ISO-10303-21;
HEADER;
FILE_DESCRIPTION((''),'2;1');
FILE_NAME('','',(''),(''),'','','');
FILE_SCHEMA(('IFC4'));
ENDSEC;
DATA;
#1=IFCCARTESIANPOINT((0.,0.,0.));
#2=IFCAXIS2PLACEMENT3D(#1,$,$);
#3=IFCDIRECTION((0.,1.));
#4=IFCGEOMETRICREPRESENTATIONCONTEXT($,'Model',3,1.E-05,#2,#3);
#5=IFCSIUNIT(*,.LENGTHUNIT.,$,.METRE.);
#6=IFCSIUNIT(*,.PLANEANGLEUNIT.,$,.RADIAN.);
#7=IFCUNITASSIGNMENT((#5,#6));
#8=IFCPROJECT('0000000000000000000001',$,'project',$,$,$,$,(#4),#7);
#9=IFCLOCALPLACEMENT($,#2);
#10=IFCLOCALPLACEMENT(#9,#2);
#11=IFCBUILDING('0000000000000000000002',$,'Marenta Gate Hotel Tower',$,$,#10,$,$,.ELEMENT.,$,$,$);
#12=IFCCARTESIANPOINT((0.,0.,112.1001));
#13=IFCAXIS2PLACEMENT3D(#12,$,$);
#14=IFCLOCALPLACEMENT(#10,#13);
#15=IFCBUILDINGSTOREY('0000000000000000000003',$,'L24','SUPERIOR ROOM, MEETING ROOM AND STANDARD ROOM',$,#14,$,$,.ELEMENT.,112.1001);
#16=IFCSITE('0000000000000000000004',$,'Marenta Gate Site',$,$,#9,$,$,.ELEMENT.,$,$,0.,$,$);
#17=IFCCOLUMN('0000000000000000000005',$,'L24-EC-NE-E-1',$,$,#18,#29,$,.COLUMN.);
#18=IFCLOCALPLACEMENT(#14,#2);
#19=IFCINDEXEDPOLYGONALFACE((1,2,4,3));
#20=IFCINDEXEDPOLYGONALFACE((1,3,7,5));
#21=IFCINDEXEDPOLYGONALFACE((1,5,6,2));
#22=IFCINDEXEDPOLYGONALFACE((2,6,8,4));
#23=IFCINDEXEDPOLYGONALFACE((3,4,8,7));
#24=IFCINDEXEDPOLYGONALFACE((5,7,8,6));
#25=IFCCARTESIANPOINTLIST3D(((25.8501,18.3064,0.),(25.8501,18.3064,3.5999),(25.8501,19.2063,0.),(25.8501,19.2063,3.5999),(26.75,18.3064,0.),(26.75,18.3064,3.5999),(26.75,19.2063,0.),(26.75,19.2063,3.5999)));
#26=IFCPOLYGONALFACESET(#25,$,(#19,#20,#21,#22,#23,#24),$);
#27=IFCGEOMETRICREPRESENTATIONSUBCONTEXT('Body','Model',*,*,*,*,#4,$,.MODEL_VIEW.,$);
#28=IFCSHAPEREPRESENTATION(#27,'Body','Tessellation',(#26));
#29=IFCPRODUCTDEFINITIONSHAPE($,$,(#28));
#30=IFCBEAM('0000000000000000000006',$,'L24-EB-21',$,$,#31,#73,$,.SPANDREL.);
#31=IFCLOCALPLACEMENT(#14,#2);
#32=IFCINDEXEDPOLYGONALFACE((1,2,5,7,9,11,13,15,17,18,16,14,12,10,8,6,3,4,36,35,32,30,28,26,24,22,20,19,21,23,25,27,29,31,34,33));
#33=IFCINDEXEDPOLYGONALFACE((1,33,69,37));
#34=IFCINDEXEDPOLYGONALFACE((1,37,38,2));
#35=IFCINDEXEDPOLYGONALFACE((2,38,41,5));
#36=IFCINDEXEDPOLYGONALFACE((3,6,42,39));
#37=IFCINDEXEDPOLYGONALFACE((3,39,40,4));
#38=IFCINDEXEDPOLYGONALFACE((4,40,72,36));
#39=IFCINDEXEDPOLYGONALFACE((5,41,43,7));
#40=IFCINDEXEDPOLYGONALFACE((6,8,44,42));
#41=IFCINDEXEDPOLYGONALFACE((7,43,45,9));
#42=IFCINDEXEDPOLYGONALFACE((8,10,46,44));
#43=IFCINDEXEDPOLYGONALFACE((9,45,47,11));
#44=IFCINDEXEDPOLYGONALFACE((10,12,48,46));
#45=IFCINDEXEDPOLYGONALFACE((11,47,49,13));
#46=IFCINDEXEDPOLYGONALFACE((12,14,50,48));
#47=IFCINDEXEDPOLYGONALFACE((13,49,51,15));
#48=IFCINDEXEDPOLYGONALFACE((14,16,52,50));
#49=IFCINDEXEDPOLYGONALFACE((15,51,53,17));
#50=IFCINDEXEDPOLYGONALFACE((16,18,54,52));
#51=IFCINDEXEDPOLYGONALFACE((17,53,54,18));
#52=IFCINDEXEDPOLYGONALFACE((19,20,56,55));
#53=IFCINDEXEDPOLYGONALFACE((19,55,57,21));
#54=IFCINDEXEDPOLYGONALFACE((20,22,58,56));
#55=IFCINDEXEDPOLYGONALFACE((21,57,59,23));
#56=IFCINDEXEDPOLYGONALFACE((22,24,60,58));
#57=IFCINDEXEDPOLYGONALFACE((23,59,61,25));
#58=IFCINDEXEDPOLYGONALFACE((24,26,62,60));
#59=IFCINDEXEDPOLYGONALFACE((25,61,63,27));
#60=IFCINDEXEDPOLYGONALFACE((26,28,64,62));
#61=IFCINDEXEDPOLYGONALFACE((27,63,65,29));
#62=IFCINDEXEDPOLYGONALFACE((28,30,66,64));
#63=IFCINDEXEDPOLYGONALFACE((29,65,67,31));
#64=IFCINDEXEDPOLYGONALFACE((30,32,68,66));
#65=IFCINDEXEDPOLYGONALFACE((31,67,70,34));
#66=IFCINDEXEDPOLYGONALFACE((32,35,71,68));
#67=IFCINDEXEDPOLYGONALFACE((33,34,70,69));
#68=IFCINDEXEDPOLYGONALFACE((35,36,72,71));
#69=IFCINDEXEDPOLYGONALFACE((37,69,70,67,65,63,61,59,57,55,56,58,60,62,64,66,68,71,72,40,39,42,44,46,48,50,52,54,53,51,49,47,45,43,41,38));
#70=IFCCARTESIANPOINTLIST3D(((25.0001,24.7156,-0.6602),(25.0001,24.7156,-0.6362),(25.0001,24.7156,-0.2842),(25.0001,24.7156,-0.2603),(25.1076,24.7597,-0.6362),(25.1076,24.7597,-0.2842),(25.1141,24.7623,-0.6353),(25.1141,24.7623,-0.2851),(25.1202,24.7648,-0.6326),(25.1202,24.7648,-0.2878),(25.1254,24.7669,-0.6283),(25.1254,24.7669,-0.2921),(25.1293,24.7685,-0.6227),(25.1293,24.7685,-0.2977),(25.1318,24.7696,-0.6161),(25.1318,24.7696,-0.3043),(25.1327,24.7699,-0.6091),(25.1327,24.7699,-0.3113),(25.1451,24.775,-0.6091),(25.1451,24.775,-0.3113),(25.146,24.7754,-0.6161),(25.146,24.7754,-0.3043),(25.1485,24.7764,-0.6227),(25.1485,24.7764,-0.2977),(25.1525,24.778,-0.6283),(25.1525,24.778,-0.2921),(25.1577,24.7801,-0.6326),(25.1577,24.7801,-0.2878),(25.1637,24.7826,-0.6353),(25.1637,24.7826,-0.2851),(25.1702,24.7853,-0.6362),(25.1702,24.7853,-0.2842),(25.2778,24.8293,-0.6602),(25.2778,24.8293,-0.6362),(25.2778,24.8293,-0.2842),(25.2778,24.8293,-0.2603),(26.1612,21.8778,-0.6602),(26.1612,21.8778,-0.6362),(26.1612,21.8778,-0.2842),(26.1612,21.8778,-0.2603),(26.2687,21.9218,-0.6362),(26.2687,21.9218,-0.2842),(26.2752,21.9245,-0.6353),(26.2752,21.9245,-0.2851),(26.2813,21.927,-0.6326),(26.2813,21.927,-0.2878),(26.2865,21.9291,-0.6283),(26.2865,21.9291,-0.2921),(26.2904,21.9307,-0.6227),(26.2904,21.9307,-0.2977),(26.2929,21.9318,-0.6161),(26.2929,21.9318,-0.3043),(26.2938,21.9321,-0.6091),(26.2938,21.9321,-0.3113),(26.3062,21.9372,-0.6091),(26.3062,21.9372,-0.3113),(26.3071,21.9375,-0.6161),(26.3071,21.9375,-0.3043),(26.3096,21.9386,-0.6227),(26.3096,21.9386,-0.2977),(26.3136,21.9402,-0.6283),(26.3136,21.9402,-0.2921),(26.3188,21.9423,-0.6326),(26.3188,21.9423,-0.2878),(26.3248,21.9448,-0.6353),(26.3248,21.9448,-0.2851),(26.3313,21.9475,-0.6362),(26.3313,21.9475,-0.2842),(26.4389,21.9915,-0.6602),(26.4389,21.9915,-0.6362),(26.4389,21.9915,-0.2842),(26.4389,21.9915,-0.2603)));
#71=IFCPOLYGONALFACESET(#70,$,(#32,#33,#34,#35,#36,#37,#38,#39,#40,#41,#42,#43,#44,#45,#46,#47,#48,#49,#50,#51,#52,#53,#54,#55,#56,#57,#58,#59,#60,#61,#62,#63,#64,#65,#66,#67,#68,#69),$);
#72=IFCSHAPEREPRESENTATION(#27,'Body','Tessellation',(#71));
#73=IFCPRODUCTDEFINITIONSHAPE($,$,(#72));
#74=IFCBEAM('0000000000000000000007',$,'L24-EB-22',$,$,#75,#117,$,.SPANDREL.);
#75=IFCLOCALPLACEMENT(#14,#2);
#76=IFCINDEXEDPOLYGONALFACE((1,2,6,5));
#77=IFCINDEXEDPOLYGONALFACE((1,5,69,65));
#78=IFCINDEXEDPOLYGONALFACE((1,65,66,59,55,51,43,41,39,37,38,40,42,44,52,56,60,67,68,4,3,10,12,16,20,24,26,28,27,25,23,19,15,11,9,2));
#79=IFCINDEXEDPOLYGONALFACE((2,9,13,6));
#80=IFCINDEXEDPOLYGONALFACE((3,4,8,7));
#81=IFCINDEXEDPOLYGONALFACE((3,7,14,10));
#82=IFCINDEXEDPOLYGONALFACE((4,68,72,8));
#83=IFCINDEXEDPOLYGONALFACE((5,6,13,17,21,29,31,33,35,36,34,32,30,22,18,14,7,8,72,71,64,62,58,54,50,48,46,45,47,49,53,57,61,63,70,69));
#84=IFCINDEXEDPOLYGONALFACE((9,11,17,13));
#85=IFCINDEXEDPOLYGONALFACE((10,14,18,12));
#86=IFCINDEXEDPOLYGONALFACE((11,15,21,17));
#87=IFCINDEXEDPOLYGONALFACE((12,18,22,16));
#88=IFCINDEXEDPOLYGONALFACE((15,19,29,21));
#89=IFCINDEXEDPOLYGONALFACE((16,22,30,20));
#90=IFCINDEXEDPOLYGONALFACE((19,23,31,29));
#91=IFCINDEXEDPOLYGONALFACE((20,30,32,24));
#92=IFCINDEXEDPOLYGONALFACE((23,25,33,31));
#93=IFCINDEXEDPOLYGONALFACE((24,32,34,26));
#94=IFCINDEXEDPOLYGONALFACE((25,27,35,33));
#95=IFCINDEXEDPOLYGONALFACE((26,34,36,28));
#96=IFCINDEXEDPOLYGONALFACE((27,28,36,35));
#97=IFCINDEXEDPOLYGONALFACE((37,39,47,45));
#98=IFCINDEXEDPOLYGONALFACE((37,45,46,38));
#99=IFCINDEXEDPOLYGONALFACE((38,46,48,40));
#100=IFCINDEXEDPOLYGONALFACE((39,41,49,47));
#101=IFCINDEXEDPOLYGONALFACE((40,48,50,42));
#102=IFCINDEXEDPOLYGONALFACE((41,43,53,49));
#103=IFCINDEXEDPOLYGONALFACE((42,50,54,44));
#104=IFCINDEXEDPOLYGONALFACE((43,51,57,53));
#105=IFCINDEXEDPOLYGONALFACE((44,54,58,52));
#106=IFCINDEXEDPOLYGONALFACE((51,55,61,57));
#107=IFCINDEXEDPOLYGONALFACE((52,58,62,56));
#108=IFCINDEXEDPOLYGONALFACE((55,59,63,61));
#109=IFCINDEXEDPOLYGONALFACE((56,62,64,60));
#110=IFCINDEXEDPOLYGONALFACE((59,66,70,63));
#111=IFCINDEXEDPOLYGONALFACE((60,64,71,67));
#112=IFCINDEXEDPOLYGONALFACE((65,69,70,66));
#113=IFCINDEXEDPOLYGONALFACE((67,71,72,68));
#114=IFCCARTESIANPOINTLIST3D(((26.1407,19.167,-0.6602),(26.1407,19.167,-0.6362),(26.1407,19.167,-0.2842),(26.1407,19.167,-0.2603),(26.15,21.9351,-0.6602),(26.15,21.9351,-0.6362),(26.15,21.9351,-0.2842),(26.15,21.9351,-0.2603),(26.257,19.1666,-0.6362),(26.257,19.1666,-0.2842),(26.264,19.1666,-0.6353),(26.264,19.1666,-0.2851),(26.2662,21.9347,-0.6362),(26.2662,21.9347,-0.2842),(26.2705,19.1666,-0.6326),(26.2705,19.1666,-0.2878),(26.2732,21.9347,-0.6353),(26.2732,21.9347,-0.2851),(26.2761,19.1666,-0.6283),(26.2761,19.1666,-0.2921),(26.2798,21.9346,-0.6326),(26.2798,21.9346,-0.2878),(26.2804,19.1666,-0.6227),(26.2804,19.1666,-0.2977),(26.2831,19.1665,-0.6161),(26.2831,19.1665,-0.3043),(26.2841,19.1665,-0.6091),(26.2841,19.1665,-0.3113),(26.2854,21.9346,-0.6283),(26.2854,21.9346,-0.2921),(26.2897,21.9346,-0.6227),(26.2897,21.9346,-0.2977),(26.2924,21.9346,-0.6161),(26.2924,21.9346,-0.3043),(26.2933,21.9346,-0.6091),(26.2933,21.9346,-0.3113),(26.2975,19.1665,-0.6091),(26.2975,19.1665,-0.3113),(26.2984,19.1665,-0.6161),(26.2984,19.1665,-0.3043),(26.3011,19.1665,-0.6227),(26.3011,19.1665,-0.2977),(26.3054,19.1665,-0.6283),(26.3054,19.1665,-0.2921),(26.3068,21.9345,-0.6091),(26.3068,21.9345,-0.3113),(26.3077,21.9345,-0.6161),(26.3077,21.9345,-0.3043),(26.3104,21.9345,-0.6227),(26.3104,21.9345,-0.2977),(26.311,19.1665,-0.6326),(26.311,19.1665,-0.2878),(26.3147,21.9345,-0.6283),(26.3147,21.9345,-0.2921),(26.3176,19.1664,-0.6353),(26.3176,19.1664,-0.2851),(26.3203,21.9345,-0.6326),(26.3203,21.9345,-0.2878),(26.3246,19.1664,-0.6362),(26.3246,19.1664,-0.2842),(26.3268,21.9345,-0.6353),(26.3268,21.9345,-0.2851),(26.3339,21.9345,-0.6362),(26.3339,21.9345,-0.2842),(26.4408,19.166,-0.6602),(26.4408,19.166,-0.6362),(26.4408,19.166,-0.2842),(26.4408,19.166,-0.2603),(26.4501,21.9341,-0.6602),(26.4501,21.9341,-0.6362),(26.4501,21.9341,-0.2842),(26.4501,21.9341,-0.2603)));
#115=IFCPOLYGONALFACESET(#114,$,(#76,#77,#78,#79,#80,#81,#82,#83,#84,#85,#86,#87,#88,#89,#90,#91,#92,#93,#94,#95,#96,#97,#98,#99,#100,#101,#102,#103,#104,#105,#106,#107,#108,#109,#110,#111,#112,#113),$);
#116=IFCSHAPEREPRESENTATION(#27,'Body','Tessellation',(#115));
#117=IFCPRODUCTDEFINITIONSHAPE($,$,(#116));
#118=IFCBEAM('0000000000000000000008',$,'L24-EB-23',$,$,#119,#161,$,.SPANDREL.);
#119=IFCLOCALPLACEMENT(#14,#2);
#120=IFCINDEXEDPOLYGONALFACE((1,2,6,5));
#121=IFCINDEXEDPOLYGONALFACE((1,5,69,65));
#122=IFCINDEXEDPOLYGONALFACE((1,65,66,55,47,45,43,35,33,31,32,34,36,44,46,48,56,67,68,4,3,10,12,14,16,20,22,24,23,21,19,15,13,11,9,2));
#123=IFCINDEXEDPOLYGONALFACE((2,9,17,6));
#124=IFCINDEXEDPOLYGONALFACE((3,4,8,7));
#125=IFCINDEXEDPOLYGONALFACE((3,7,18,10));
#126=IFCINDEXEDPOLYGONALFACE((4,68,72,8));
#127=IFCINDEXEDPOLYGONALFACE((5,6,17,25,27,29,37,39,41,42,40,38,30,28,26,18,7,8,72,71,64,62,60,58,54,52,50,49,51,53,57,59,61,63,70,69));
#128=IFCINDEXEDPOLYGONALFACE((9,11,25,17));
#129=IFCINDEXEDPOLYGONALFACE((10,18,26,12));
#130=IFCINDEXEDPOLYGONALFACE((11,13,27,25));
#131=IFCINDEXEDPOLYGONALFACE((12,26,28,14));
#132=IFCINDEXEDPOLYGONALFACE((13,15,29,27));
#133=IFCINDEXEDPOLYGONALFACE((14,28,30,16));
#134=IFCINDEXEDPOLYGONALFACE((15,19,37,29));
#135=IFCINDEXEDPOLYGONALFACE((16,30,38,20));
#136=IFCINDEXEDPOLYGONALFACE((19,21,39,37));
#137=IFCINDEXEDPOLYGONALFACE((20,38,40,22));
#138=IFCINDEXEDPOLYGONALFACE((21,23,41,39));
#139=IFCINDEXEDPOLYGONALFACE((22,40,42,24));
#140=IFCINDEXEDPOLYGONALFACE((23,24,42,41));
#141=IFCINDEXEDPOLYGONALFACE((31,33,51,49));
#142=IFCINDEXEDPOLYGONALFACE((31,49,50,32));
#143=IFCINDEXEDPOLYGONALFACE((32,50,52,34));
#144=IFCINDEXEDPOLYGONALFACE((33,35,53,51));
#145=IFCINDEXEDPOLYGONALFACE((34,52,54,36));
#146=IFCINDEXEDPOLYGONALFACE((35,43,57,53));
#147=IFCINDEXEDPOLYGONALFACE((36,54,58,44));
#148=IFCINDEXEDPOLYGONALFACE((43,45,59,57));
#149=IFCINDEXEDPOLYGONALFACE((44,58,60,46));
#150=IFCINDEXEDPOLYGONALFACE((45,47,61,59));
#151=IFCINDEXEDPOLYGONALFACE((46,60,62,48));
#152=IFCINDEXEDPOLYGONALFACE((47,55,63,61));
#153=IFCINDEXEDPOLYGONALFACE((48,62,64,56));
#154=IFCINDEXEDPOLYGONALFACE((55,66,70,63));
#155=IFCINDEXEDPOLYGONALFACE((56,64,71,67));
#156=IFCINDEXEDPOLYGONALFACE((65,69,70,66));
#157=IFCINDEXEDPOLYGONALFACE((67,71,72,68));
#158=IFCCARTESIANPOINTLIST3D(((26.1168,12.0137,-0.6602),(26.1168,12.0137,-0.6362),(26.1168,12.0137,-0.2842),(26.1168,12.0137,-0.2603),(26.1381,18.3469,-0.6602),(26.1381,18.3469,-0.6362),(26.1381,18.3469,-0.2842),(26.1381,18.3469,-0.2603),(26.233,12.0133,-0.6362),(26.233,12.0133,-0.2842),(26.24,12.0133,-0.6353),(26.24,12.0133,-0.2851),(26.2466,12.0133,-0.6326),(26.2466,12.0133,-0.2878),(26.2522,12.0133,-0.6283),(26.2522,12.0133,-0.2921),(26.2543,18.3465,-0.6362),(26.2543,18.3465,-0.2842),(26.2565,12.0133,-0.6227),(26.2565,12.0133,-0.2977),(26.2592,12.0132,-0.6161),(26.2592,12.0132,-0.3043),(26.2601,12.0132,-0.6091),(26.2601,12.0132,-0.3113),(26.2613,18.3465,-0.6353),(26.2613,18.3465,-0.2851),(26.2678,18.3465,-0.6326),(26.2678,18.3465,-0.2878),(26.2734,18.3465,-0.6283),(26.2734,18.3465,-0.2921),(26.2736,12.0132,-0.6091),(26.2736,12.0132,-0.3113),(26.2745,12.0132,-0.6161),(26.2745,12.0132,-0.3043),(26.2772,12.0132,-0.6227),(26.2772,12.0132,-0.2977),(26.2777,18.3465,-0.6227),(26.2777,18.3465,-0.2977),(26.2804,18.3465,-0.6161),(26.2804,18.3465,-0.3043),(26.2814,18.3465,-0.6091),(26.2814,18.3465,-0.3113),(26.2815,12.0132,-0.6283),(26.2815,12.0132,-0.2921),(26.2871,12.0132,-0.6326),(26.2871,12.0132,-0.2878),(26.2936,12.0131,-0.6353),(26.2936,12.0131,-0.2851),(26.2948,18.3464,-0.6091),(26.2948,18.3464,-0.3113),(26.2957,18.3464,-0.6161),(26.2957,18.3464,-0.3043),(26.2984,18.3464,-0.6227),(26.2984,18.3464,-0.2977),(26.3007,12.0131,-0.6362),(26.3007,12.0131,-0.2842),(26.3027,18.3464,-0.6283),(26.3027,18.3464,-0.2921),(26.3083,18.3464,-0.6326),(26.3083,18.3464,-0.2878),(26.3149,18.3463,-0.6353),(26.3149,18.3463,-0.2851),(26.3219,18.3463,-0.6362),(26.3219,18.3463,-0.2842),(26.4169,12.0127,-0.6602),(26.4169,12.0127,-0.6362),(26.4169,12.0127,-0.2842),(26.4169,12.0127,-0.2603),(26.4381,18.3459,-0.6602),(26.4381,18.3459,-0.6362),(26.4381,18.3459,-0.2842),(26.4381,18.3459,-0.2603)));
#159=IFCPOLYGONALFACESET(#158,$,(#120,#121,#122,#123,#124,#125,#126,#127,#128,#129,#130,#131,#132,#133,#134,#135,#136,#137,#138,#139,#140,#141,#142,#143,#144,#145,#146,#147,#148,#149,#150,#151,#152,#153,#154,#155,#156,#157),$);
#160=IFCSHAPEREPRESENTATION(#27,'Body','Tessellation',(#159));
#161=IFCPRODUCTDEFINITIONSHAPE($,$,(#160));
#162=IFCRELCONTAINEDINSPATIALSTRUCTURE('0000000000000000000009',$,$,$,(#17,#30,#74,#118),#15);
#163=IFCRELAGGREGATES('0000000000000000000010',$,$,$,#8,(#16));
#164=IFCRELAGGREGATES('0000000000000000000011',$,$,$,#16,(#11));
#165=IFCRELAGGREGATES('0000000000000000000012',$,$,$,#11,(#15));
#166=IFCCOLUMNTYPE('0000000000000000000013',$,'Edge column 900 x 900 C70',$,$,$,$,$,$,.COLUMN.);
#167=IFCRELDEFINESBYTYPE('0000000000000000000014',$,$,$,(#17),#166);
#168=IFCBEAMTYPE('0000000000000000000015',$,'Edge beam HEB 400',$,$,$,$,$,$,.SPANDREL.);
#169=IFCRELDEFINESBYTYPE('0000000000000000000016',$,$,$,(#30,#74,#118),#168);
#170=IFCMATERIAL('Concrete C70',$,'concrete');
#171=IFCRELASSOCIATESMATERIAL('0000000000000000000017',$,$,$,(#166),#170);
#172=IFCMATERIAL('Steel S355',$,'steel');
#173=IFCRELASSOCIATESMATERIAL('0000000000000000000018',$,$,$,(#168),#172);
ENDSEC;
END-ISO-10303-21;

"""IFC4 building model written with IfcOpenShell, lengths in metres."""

from ifc_helpers import new_model, si_unit, direction, frame, origin, origin_2d, place, context, subcontext, project, spatial, rectangle, i_section, extrude, material, material_profile, profile_set, type_object, element, save


model = new_model("IFC4")

# Units and contexts
model_context = context("Model", 3, precision=1e-05, world=origin(), true_north=direction((0.0, 1.0)))
body_context = subcontext(model_context, "Body", "Model", "MODEL_VIEW")
ifc_project = project(units=[si_unit("LENGTHUNIT", "METRE"), si_unit("PLANEANGLEUNIT", "RADIAN")], contexts=[model_context])

# Site, building, storey
site_placement = place(None, origin())
site = spatial("IfcSite", under=ifc_project, at=site_placement, Name="Marenta Gate Site", CompositionType="ELEMENT", RefElevation=0.0)
building_placement = place(site_placement, origin())
building = spatial("IfcBuilding", under=site, at=building_placement, Name="Marenta Gate Hotel Tower", CompositionType="ELEMENT")
storey_placement = place(building_placement, frame((0.0, 0.0, 112.1001)))
storey = spatial("IfcBuildingStorey", under=building, at=storey_placement, Name="L24", Description="SUPERIOR ROOM, MEETING ROOM AND STANDARD ROOM", CompositionType="ELEMENT", Elevation=112.1001)

# Column
ifc_material_1 = material(Name="Concrete C70", Category="concrete")
ifc_material_profile_1 = material_profile(ifc_material_1, rectangle(XDim=0.8999, YDim=0.8999, at=origin_2d()), Name="900 x 900")
ifc_profile_set_1 = profile_set([ifc_material_profile_1], Name="Concrete C70")
column_type = type_object("IfcColumnType", Name="Edge column 900 x 900 C70", PredefinedType="COLUMN", material=ifc_profile_set_1)
column_placement = place(storey_placement, frame((26.3, 18.7563, 0.0), z_axis=(0.0, 0.0, 1.0), x_axis=(1.0, 0.0, 0.0)))
element("IfcColumn", 1, at=column_placement, inside=storey, type_object=column_type, Name="L24-EC-NE-E-1", PredefinedType="COLUMN", context=body_context, shape_type="SweptSolid", body=[
    extrude(rectangle(XDim=0.8999, YDim=0.8999, at=origin_2d()), origin(), (0.0, 0.0, 1.0), 3.5999),
])

# Beams
ifc_material_2 = material(Name="Steel S355", Category="steel")
ifc_material_profile_2 = material_profile(ifc_material_2, i_section(OverallWidth=0.3, OverallDepth=0.3999, WebThickness=0.0134, FlangeThickness=0.0239, FilletRadius=0.0271, at=origin_2d()), Name="HEB 400")
ifc_profile_set_2 = profile_set([ifc_material_profile_2], Name="Steel S355")
beam_type_1 = type_object("IfcBeamType", Name="Edge beam HEB 400", PredefinedType="SPANDREL", material=ifc_profile_set_2)
beam_1_placement = place(storey_placement, frame((25.1389, 24.7725, -0.4602), z_axis=(0.378682, -0.925527, 0.0), x_axis=(0.925527, 0.378682, 0.0)))
element("IfcBeam", 2, at=beam_1_placement, inside=storey, type_object=beam_type_1, Name="L24-EB-21", PredefinedType="SPANDREL", context=body_context, shape_type="SweptSolid", body=[
    extrude(i_section(OverallWidth=0.3, OverallDepth=0.3999, WebThickness=0.0134, FlangeThickness=0.0239, FilletRadius=0.0271, at=origin_2d()), origin(), (0.0, 0.0, 1.0), 3.0662),
])
beam_2_placement = place(storey_placement, frame((26.3, 21.9346, -0.4602), z_axis=(-0.003352, -0.999994, 0.0), x_axis=(0.999994, -0.003352, 0.0)))
element("IfcBeam", 3, at=beam_2_placement, inside=storey, type_object=beam_type_1, Name="L24-EB-22", PredefinedType="SPANDREL", context=body_context, shape_type="SweptSolid", body=[
    extrude(i_section(OverallWidth=0.3, OverallDepth=0.3999, WebThickness=0.0134, FlangeThickness=0.0239, FilletRadius=0.0271, at=origin_2d()), origin(), (0.0, 0.0, 1.0), 2.7681),
])
beam_3_placement = place(storey_placement, frame((26.2881, 18.3464, -0.4602), z_axis=(-0.003354, -0.999994, 0.0), x_axis=(0.999994, -0.003354, 0.0)))
element("IfcBeam", 4, at=beam_3_placement, inside=storey, type_object=beam_type_1, Name="L24-EB-23", PredefinedType="SPANDREL", context=body_context, shape_type="SweptSolid", body=[
    extrude(i_section(OverallWidth=0.3, OverallDepth=0.3999, WebThickness=0.0134, FlangeThickness=0.0239, FilletRadius=0.0271, at=origin_2d()), origin(), (0.0, 0.0, 1.0), 6.3333),
])

save(model, "model.ifc")
